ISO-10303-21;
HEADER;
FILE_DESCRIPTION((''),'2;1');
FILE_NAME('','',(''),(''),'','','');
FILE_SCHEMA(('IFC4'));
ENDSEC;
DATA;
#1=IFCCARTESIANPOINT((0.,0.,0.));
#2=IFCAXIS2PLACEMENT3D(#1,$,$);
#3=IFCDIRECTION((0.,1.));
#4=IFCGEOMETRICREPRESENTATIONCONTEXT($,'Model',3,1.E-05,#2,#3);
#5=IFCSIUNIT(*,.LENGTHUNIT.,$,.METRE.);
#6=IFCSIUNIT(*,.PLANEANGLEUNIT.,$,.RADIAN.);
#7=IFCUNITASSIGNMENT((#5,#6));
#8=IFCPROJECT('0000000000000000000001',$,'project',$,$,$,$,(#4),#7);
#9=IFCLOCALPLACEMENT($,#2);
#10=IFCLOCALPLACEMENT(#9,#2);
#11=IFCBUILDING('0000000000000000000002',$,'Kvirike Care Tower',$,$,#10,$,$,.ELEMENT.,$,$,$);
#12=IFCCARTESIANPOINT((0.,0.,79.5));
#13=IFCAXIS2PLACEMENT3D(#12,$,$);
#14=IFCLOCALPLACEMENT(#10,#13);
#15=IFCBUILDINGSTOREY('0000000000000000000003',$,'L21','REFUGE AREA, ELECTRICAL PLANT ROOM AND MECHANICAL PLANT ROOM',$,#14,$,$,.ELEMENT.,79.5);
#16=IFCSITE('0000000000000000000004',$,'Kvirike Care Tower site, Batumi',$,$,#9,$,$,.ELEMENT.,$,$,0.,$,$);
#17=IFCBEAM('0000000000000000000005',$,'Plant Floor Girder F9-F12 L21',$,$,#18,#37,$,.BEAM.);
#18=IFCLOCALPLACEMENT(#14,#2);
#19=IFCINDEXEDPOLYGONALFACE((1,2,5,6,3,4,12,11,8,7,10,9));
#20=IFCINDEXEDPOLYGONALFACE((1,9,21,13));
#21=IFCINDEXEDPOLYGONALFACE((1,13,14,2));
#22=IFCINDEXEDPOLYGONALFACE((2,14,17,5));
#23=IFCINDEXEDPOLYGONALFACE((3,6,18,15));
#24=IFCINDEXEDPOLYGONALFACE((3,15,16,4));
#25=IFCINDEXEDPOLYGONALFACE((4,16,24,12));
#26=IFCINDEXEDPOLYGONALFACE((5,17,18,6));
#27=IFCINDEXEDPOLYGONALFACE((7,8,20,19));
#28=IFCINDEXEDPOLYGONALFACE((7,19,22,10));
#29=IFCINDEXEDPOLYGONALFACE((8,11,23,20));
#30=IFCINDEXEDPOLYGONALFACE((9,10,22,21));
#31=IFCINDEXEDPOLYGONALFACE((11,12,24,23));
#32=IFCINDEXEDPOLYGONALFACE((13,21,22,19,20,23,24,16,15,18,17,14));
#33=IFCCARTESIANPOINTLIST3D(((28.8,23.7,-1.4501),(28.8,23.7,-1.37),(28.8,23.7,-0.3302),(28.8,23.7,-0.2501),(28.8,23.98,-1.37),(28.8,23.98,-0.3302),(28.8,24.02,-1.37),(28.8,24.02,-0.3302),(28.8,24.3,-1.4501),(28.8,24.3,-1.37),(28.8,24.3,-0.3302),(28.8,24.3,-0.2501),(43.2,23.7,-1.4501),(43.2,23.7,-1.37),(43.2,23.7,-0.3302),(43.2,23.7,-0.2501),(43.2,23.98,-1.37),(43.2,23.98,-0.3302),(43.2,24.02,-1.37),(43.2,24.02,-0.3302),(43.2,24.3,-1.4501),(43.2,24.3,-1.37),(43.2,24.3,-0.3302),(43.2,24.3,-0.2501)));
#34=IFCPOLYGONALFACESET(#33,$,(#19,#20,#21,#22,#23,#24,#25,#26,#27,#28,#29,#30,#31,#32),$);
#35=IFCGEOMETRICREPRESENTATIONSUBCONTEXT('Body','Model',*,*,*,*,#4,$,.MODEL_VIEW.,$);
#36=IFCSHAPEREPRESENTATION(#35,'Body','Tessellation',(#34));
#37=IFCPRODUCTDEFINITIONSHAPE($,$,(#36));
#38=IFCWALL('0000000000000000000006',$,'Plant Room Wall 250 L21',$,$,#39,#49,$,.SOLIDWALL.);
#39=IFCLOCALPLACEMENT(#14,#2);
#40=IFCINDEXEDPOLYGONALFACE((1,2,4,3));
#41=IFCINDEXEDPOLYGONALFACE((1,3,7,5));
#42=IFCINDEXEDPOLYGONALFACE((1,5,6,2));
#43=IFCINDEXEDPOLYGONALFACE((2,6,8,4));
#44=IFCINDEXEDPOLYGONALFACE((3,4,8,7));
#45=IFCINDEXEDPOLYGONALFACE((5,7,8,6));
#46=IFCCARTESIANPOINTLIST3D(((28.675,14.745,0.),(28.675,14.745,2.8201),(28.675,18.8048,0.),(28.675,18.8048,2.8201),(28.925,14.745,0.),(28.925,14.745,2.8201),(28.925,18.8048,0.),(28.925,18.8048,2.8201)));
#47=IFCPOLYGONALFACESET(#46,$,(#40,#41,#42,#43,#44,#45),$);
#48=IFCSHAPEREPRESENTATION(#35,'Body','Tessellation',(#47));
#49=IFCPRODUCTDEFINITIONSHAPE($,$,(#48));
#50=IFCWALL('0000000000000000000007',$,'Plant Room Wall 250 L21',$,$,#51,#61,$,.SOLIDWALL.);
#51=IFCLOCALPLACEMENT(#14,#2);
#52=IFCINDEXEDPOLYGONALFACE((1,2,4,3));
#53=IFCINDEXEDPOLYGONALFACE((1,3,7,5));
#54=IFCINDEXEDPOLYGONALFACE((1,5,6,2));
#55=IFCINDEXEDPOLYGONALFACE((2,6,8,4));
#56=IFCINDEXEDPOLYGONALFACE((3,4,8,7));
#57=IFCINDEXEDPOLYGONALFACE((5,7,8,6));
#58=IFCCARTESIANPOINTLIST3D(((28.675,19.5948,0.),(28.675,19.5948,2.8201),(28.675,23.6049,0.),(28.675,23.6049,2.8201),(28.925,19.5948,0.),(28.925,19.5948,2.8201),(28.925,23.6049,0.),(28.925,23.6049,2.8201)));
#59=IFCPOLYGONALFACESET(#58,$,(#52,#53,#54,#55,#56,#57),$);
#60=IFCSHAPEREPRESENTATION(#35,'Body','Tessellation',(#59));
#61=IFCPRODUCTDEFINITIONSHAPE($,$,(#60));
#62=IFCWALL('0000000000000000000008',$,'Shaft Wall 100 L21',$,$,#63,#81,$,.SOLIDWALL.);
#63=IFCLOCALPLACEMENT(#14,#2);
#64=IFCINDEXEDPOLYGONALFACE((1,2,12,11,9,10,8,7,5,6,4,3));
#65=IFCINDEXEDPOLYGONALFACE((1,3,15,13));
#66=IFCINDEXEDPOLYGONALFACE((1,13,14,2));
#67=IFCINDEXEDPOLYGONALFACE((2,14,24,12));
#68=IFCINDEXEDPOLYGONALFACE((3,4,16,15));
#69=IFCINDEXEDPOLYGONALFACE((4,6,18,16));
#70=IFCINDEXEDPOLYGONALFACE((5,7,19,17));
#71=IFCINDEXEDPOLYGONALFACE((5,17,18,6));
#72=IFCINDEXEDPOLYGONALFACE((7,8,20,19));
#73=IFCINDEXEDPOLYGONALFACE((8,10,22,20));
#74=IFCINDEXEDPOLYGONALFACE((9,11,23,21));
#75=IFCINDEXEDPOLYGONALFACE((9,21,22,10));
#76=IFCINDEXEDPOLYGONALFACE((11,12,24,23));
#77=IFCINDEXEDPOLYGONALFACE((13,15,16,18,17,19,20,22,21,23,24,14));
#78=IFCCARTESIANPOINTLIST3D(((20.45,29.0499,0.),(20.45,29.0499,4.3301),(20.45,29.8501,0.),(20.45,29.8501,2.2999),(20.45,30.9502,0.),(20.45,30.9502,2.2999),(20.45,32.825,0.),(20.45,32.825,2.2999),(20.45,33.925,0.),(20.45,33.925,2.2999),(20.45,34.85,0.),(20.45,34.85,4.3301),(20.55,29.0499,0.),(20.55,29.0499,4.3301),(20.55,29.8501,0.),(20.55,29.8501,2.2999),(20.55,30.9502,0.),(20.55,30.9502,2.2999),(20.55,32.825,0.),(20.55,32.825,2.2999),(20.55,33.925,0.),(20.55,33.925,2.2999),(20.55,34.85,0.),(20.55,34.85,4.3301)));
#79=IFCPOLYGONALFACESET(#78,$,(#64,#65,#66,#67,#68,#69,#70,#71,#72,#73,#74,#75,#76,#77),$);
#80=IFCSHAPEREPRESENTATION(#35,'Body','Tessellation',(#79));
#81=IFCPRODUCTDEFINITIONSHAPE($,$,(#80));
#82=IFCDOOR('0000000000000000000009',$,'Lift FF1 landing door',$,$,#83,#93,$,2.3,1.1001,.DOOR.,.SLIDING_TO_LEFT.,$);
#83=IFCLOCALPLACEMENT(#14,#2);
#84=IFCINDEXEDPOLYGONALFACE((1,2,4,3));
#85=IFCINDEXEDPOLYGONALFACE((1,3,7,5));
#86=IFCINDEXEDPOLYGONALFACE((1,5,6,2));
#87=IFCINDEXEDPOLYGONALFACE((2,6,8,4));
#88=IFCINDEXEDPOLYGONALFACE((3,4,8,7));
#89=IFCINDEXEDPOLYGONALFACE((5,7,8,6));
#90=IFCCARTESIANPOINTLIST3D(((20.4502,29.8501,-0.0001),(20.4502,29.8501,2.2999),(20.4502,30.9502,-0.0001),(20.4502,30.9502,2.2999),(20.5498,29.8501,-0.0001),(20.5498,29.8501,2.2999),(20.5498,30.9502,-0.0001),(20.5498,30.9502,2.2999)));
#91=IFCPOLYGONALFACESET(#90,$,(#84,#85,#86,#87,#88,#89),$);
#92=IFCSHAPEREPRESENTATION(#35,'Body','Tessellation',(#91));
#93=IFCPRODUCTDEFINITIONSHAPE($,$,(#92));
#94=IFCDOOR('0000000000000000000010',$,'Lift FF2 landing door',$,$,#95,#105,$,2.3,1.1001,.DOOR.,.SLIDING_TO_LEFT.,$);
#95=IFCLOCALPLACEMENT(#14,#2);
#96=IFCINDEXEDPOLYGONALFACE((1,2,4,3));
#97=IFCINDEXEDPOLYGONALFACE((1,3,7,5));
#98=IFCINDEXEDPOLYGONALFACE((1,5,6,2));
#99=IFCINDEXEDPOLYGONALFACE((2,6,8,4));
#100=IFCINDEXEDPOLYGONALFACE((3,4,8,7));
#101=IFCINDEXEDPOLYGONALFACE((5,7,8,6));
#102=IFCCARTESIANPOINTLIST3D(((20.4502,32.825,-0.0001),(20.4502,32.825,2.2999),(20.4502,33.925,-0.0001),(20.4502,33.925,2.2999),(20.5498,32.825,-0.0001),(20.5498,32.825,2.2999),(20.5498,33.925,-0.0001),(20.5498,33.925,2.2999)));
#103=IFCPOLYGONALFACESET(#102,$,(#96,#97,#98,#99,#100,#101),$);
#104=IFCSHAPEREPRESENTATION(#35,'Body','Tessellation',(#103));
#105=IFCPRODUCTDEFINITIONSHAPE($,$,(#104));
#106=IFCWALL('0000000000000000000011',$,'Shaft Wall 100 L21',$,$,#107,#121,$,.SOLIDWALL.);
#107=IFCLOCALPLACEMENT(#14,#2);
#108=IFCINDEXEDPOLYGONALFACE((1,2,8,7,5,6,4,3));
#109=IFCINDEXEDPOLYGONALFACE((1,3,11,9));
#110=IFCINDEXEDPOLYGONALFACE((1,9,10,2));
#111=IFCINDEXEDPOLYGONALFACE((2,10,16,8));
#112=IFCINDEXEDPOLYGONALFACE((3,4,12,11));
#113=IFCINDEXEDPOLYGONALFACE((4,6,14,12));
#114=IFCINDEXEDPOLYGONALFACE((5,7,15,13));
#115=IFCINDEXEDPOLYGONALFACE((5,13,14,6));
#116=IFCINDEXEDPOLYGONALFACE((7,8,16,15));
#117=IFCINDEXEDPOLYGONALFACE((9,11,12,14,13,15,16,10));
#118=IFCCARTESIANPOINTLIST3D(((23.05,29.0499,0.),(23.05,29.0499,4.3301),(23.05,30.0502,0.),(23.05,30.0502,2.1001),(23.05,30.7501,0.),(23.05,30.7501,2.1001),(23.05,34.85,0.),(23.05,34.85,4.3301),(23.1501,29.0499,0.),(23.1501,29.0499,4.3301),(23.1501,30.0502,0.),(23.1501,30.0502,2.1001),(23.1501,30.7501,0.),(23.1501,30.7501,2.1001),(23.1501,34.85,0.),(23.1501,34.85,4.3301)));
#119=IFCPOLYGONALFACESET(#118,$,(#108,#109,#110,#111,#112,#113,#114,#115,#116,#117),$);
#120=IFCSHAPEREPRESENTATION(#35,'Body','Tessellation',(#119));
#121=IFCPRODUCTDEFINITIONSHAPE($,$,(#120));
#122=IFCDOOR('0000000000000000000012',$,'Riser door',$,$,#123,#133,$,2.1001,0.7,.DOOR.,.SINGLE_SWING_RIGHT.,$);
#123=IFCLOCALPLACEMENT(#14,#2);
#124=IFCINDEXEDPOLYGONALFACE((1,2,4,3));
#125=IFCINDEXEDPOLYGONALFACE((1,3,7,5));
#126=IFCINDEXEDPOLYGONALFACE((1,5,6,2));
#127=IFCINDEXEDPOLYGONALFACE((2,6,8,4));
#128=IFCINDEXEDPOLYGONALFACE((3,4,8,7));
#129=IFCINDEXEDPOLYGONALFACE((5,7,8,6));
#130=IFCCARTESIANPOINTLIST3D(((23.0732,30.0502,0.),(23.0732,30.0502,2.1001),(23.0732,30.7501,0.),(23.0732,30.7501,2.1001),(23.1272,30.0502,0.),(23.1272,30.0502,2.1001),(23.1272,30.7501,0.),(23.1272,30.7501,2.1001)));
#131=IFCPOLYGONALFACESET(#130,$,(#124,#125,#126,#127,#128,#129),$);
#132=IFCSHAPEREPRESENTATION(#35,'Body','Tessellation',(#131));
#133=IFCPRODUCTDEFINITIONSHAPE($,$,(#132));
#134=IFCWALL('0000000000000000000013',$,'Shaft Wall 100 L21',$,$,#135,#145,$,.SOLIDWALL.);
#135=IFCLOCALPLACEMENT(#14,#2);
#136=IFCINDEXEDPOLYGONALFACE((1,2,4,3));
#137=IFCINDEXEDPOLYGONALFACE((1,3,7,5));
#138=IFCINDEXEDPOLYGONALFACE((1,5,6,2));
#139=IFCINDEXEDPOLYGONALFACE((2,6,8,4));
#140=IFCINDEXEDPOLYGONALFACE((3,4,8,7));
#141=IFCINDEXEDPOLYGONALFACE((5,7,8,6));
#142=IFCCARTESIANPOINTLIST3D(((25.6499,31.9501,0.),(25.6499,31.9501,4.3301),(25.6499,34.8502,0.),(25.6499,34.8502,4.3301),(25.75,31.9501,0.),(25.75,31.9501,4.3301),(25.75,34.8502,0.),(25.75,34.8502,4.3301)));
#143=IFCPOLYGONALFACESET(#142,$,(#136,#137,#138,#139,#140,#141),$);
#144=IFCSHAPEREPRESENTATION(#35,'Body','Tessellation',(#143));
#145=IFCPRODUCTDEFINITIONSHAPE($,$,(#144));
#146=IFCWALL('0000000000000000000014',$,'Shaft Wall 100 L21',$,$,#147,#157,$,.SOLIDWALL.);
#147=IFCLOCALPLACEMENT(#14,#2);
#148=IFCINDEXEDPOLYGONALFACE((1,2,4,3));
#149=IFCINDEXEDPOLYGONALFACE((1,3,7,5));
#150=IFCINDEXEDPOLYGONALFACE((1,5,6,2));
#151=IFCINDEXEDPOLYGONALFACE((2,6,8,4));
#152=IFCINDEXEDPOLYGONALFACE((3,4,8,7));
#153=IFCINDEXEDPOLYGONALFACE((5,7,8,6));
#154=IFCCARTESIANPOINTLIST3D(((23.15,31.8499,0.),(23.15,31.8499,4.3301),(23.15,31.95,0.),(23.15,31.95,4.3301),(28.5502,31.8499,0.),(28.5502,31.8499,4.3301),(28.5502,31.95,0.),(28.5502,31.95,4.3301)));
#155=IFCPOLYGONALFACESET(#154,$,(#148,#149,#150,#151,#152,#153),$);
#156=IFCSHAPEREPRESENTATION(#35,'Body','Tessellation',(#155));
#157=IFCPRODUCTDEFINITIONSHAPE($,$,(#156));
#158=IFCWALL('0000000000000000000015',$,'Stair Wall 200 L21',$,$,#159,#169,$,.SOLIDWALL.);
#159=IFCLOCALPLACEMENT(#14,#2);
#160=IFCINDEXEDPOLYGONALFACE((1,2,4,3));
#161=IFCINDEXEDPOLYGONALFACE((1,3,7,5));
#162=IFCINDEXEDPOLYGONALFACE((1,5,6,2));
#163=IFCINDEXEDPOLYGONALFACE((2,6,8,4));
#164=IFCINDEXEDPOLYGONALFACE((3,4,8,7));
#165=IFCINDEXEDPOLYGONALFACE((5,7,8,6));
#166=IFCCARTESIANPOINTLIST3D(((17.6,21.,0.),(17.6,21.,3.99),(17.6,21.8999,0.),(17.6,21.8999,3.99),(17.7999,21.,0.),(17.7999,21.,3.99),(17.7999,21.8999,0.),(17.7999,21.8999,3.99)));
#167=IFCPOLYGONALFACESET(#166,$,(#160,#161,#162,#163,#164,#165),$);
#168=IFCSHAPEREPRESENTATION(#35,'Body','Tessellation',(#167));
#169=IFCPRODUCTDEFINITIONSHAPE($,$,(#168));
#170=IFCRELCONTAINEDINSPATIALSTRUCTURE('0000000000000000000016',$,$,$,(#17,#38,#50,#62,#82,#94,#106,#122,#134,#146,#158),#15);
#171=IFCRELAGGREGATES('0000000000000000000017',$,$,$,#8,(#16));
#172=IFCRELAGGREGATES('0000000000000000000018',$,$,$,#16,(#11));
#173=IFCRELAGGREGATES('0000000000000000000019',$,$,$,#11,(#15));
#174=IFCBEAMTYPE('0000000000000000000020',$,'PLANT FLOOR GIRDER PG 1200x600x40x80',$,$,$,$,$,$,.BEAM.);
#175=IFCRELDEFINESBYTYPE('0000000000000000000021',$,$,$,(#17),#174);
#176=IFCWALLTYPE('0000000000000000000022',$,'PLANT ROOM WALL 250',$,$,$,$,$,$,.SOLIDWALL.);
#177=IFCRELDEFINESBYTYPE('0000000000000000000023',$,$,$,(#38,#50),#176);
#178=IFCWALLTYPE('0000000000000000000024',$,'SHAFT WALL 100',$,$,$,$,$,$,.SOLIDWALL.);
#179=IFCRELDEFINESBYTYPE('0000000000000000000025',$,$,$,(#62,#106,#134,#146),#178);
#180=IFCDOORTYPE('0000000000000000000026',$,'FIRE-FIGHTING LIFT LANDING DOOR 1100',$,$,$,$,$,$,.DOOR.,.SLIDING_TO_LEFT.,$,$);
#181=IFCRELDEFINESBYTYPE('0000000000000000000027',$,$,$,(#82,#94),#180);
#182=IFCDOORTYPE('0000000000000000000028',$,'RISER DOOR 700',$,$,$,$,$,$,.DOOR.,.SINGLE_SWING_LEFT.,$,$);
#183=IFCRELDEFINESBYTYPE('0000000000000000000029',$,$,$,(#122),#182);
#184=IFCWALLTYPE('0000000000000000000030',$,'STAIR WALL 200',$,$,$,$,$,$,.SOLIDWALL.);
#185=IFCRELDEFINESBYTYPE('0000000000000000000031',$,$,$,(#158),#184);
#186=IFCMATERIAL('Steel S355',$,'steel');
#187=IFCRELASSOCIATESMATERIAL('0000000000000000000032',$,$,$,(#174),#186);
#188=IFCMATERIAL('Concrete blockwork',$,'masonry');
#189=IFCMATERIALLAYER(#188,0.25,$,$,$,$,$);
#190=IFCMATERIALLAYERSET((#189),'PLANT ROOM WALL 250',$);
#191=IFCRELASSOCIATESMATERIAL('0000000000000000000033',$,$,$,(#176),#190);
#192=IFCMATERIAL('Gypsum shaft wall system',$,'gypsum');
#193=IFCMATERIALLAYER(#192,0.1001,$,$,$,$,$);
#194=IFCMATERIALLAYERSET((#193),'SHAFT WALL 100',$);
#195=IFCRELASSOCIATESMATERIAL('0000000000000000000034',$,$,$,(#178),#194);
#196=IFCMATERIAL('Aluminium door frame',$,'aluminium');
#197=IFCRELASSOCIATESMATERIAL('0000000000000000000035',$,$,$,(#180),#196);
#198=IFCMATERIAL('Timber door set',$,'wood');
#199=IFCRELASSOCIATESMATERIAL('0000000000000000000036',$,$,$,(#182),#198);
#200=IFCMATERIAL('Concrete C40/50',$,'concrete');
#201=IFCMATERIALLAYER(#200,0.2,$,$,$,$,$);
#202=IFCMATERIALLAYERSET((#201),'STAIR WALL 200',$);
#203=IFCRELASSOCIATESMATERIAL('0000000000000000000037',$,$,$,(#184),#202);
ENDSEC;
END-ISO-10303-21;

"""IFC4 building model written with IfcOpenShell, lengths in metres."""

from ifc_helpers import new_model, si_unit, direction, frame, frame_2d, origin, origin_2d, place, context, subcontext, project, spatial, rectangle, i_section, extrude, material, layer, layer_set, material_profile, profile_set, type_object, element, fill, save


model = new_model("IFC4")

# Units and contexts
model_context = context("Model", 3, precision=1e-05, world=origin(), true_north=direction((0.0, 1.0)))
body_context = subcontext(model_context, "Body", "Model", "MODEL_VIEW")
ifc_project = project(units=[si_unit("LENGTHUNIT", "METRE"), si_unit("PLANEANGLEUNIT", "RADIAN")], contexts=[model_context])

# Site, building, storey
site_placement = place(None, origin())
site = spatial("IfcSite", under=ifc_project, at=site_placement, Name="Kvirike Care Tower site, Batumi", CompositionType="ELEMENT", RefElevation=0.0)
building_placement = place(site_placement, origin())
building = spatial("IfcBuilding", under=site, at=building_placement, Name="Kvirike Care Tower", CompositionType="ELEMENT")
storey_placement = place(building_placement, frame((0.0, 0.0, 79.5)))
storey = spatial("IfcBuildingStorey", under=building, at=storey_placement, Name="L21", Description="REFUGE AREA, ELECTRICAL PLANT ROOM AND MECHANICAL PLANT ROOM", CompositionType="ELEMENT", Elevation=79.5)

# Beam
ifc_material_1 = material(Name="Steel S355", Category="steel")
ifc_material_profile_1 = material_profile(ifc_material_1, i_section(OverallWidth=0.6001, OverallDepth=1.2, WebThickness=0.04, FlangeThickness=0.0801, at=origin_2d()), Name="PG 1200x600x40x80")
ifc_profile_set_1 = profile_set([ifc_material_profile_1], Name="Steel S355")
beam_type_1 = type_object("IfcBeamType", Name="PLANT FLOOR GIRDER PG 1200x600x40x80", PredefinedType="BEAM", material=ifc_profile_set_1)
beam_1_placement = place(storey_placement, frame((28.8, 24.0, -0.8501), z_axis=(1.0, 0.0, 0.0), x_axis=(0.0, 1.0, 0.0)))
element("IfcBeam", 1, at=beam_1_placement, inside=storey, type_object=beam_type_1, Name="Plant Floor Girder F9-F12 L21", PredefinedType="BEAM", context=body_context, shape_type="SweptSolid", body=[
    extrude(i_section(OverallWidth=0.6001, OverallDepth=1.2, WebThickness=0.04, FlangeThickness=0.0801, at=origin_2d()), origin(), (0.0, 0.0, 1.0), 14.3999),
])

# Walls
ifc_material_2 = material(Name="Concrete blockwork", Category="masonry")
ifc_layer_1 = layer(ifc_material_2, 0.25)
ifc_layer_set_1 = layer_set([ifc_layer_1], Name="PLANT ROOM WALL 250")
wall_type_1 = type_object("IfcWallType", Name="PLANT ROOM WALL 250", PredefinedType="SOLIDWALL", material=ifc_layer_set_1)
wall_1_placement = place(storey_placement, frame((28.8, 14.7451, 0.0), z_axis=(0.0, 0.0, 1.0), x_axis=(0.0, 1.0, 0.0)))
element("IfcWall", 2, at=wall_1_placement, inside=storey, type_object=wall_type_1, Name="Plant Room Wall 250 L21", PredefinedType="SOLIDWALL", context=body_context, shape_type="SweptSolid", body=[
    extrude(rectangle(XDim=4.0598, YDim=0.25, at=frame_2d((2.0298, 0.0))), origin(), (0.0, 0.0, 1.0), 2.8201),
])
wall_2_placement = place(storey_placement, frame((28.8, 19.595, 0.0), z_axis=(0.0, 0.0, 1.0), x_axis=(0.0, 1.0, 0.0)))
element("IfcWall", 3, at=wall_2_placement, inside=storey, type_object=wall_type_1, Name="Plant Room Wall 250 L21", PredefinedType="SOLIDWALL", context=body_context, shape_type="SweptSolid", body=[
    extrude(rectangle(XDim=4.01, YDim=0.25, at=frame_2d((2.0049, 0.0))), origin(), (0.0, 0.0, 1.0), 2.8201),
])

# Wall, openings, doors
ifc_material_3 = material(Name="Gypsum shaft wall system", Category="gypsum")
ifc_layer_2 = layer(ifc_material_3, 0.1001)
ifc_layer_set_2 = layer_set([ifc_layer_2], Name="SHAFT WALL 100")
wall_type_2 = type_object("IfcWallType", Name="SHAFT WALL 100", PredefinedType="SOLIDWALL", material=ifc_layer_set_2)
wall_3_placement = place(storey_placement, frame((20.5, 29.05, 0.0), z_axis=(0.0, 0.0, 1.0), x_axis=(0.0, 1.0, 0.0)))
wall_3 = element("IfcWall", 4, at=wall_3_placement, inside=storey, type_object=wall_type_2, Name="Shaft Wall 100 L21", PredefinedType="SOLIDWALL", context=body_context, shape_type="SweptSolid", body=[
    extrude(rectangle(XDim=5.8, YDim=0.1001, at=frame_2d((2.8999, 0.0))), origin(), (0.0, 0.0, 1.0), 4.3301),
])
opening_1_placement = place(wall_3_placement, frame((0.8, 0.0, 0.0)))
opening_1 = element("IfcOpeningElement", 5, at=opening_1_placement, cuts=wall_3, PredefinedType="OPENING", context=body_context, shape_type="SweptSolid", body=[
    extrude(rectangle(XDim=1.1001, YDim=2.3, at=frame_2d((0.55, 1.1499))), frame((0.0, 0.0605, 0.0), z_axis=(0.0, -1.0, 0.0), x_axis=(1.0, 0.0, 0.0)), (0.0, 0.0, 1.0), 0.1211),
])
opening_2_placement = place(wall_3_placement, frame((3.7749, 0.0, 0.0)))
opening_2 = element("IfcOpeningElement", 6, at=opening_2_placement, cuts=wall_3, PredefinedType="OPENING", context=body_context, shape_type="SweptSolid", body=[
    extrude(rectangle(XDim=1.1001, YDim=2.3, at=frame_2d((0.55, 1.1499))), frame((0.0, 0.0605, 0.0), z_axis=(0.0, -1.0, 0.0), x_axis=(1.0, 0.0, 0.0)), (0.0, 0.0, 1.0), 0.1211),
])
ifc_material_4 = material(Name="Aluminium door frame", Category="aluminium")
door_type_1 = type_object("IfcDoorType", Name="FIRE-FIGHTING LIFT LANDING DOOR 1100", OperationType="SLIDING_TO_LEFT", PredefinedType="DOOR", material=ifc_material_4)
door_1_placement = place(opening_1_placement, origin())
door_1 = element("IfcDoor", 7, at=door_1_placement, inside=storey, type_object=door_type_1, Name="Lift FF1 landing door", OperationType="SLIDING_TO_LEFT", OverallHeight=2.3, OverallWidth=1.1001, PredefinedType="DOOR", context=body_context, shape_type="SweptSolid", body=[
    extrude(rectangle(XDim=1.1001, YDim=2.3, at=frame_2d((0.55, 1.1499))), frame((0.0, 0.0498, 0.0), z_axis=(0.0, -1.0, 0.0), x_axis=(1.0, 0.0, 0.0)), (0.0, 0.0, 1.0), 0.0996),
])
fill(opening_1, door_1)
door_2_placement = place(opening_2_placement, origin())
door_2 = element("IfcDoor", 8, at=door_2_placement, inside=storey, type_object=door_type_1, Name="Lift FF2 landing door", OperationType="SLIDING_TO_LEFT", OverallHeight=2.3, OverallWidth=1.1001, PredefinedType="DOOR", context=body_context, shape_type="SweptSolid", body=[
    extrude(rectangle(XDim=1.1001, YDim=2.3, at=frame_2d((0.55, 1.1499))), frame((0.0, 0.0498, 0.0), z_axis=(0.0, -1.0, 0.0), x_axis=(1.0, 0.0, 0.0)), (0.0, 0.0, 1.0), 0.0996),
])
fill(opening_2, door_2)

# Wall, opening, door
wall_4_placement = place(storey_placement, frame((23.1001, 29.05, 0.0), z_axis=(0.0, 0.0, 1.0), x_axis=(0.0, 1.0, 0.0)))
wall_4 = element("IfcWall", 9, at=wall_4_placement, inside=storey, type_object=wall_type_2, Name="Shaft Wall 100 L21", PredefinedType="SOLIDWALL", context=body_context, shape_type="SweptSolid", body=[
    extrude(rectangle(XDim=5.8, YDim=0.1001, at=frame_2d((2.8999, 0.0))), origin(), (0.0, 0.0, 1.0), 4.3301),
])
opening_3_placement = place(wall_4_placement, frame((1.0, 0.0, 0.0)))
opening_3 = element("IfcOpeningElement", 10, at=opening_3_placement, cuts=wall_4, PredefinedType="OPENING", context=body_context, shape_type="SweptSolid", body=[
    extrude(rectangle(XDim=0.7, YDim=2.1001, at=frame_2d((0.3501, 1.05))), frame((0.0, 0.0605, 0.0), z_axis=(0.0, -1.0, 0.0), x_axis=(1.0, 0.0, 0.0)), (0.0, 0.0, 1.0), 0.1211),
])
ifc_material_5 = material(Name="Timber door set", Category="wood")
door_type_2 = type_object("IfcDoorType", Name="RISER DOOR 700", OperationType="SINGLE_SWING_LEFT", PredefinedType="DOOR", material=ifc_material_5)
door_3_placement = place(opening_3_placement, origin())
door_3 = element("IfcDoor", 11, at=door_3_placement, inside=storey, type_object=door_type_2, Name="Riser door", OperationType="SINGLE_SWING_RIGHT", OverallHeight=2.1001, OverallWidth=0.7, PredefinedType="DOOR", context=body_context, shape_type="SweptSolid", body=[
    extrude(rectangle(XDim=0.7, YDim=2.1001, at=frame_2d((0.3501, 1.05))), frame((0.0, 0.0269, 0.0), z_axis=(0.0, -1.0, 0.0), x_axis=(1.0, 0.0, 0.0)), (0.0, 0.0, 1.0), 0.054),
])
fill(opening_3, door_3)

# Walls
wall_5_placement = place(storey_placement, frame((25.7, 31.95, 0.0), z_axis=(0.0, 0.0, 1.0), x_axis=(0.0, 1.0, 0.0)))
element("IfcWall", 12, at=wall_5_placement, inside=storey, type_object=wall_type_2, Name="Shaft Wall 100 L21", PredefinedType="SOLIDWALL", context=body_context, shape_type="SweptSolid", body=[
    extrude(rectangle(XDim=2.9001, YDim=0.1001, at=frame_2d((1.4502, 0.0))), origin(), (0.0, 0.0, 1.0), 4.3301),
])
wall_6_placement = place(storey_placement, frame((23.1499, 31.8999, 0.0), z_axis=(0.0, 0.0, 1.0), x_axis=(1.0, 0.0, 0.0)))
element("IfcWall", 13, at=wall_6_placement, inside=storey, type_object=wall_type_2, Name="Shaft Wall 100 L21", PredefinedType="SOLIDWALL", context=body_context, shape_type="SweptSolid", body=[
    extrude(rectangle(XDim=5.4001, YDim=0.1001, at=frame_2d((2.7002, 0.0))), origin(), (0.0, 0.0, 1.0), 4.3301),
])
ifc_material_6 = material(Name="Concrete C40/50", Category="concrete")
ifc_layer_3 = layer(ifc_material_6, 0.2)
ifc_layer_set_3 = layer_set([ifc_layer_3], Name="STAIR WALL 200")
wall_type_3 = type_object("IfcWallType", Name="STAIR WALL 200", PredefinedType="SOLIDWALL", material=ifc_layer_set_3)
wall_7_placement = place(storey_placement, frame((17.7, 21.0, 0.0), z_axis=(0.0, 0.0, 1.0), x_axis=(0.0, 1.0, 0.0)))
element("IfcWall", 14, at=wall_7_placement, inside=storey, type_object=wall_type_3, Name="Stair Wall 200 L21", PredefinedType="SOLIDWALL", context=body_context, shape_type="SweptSolid", body=[
    extrude(rectangle(XDim=0.8999, YDim=0.2, at=frame_2d((0.45, 0.0))), origin(), (0.0, 0.0, 1.0), 3.99),
])

save(model, "model.ifc")
